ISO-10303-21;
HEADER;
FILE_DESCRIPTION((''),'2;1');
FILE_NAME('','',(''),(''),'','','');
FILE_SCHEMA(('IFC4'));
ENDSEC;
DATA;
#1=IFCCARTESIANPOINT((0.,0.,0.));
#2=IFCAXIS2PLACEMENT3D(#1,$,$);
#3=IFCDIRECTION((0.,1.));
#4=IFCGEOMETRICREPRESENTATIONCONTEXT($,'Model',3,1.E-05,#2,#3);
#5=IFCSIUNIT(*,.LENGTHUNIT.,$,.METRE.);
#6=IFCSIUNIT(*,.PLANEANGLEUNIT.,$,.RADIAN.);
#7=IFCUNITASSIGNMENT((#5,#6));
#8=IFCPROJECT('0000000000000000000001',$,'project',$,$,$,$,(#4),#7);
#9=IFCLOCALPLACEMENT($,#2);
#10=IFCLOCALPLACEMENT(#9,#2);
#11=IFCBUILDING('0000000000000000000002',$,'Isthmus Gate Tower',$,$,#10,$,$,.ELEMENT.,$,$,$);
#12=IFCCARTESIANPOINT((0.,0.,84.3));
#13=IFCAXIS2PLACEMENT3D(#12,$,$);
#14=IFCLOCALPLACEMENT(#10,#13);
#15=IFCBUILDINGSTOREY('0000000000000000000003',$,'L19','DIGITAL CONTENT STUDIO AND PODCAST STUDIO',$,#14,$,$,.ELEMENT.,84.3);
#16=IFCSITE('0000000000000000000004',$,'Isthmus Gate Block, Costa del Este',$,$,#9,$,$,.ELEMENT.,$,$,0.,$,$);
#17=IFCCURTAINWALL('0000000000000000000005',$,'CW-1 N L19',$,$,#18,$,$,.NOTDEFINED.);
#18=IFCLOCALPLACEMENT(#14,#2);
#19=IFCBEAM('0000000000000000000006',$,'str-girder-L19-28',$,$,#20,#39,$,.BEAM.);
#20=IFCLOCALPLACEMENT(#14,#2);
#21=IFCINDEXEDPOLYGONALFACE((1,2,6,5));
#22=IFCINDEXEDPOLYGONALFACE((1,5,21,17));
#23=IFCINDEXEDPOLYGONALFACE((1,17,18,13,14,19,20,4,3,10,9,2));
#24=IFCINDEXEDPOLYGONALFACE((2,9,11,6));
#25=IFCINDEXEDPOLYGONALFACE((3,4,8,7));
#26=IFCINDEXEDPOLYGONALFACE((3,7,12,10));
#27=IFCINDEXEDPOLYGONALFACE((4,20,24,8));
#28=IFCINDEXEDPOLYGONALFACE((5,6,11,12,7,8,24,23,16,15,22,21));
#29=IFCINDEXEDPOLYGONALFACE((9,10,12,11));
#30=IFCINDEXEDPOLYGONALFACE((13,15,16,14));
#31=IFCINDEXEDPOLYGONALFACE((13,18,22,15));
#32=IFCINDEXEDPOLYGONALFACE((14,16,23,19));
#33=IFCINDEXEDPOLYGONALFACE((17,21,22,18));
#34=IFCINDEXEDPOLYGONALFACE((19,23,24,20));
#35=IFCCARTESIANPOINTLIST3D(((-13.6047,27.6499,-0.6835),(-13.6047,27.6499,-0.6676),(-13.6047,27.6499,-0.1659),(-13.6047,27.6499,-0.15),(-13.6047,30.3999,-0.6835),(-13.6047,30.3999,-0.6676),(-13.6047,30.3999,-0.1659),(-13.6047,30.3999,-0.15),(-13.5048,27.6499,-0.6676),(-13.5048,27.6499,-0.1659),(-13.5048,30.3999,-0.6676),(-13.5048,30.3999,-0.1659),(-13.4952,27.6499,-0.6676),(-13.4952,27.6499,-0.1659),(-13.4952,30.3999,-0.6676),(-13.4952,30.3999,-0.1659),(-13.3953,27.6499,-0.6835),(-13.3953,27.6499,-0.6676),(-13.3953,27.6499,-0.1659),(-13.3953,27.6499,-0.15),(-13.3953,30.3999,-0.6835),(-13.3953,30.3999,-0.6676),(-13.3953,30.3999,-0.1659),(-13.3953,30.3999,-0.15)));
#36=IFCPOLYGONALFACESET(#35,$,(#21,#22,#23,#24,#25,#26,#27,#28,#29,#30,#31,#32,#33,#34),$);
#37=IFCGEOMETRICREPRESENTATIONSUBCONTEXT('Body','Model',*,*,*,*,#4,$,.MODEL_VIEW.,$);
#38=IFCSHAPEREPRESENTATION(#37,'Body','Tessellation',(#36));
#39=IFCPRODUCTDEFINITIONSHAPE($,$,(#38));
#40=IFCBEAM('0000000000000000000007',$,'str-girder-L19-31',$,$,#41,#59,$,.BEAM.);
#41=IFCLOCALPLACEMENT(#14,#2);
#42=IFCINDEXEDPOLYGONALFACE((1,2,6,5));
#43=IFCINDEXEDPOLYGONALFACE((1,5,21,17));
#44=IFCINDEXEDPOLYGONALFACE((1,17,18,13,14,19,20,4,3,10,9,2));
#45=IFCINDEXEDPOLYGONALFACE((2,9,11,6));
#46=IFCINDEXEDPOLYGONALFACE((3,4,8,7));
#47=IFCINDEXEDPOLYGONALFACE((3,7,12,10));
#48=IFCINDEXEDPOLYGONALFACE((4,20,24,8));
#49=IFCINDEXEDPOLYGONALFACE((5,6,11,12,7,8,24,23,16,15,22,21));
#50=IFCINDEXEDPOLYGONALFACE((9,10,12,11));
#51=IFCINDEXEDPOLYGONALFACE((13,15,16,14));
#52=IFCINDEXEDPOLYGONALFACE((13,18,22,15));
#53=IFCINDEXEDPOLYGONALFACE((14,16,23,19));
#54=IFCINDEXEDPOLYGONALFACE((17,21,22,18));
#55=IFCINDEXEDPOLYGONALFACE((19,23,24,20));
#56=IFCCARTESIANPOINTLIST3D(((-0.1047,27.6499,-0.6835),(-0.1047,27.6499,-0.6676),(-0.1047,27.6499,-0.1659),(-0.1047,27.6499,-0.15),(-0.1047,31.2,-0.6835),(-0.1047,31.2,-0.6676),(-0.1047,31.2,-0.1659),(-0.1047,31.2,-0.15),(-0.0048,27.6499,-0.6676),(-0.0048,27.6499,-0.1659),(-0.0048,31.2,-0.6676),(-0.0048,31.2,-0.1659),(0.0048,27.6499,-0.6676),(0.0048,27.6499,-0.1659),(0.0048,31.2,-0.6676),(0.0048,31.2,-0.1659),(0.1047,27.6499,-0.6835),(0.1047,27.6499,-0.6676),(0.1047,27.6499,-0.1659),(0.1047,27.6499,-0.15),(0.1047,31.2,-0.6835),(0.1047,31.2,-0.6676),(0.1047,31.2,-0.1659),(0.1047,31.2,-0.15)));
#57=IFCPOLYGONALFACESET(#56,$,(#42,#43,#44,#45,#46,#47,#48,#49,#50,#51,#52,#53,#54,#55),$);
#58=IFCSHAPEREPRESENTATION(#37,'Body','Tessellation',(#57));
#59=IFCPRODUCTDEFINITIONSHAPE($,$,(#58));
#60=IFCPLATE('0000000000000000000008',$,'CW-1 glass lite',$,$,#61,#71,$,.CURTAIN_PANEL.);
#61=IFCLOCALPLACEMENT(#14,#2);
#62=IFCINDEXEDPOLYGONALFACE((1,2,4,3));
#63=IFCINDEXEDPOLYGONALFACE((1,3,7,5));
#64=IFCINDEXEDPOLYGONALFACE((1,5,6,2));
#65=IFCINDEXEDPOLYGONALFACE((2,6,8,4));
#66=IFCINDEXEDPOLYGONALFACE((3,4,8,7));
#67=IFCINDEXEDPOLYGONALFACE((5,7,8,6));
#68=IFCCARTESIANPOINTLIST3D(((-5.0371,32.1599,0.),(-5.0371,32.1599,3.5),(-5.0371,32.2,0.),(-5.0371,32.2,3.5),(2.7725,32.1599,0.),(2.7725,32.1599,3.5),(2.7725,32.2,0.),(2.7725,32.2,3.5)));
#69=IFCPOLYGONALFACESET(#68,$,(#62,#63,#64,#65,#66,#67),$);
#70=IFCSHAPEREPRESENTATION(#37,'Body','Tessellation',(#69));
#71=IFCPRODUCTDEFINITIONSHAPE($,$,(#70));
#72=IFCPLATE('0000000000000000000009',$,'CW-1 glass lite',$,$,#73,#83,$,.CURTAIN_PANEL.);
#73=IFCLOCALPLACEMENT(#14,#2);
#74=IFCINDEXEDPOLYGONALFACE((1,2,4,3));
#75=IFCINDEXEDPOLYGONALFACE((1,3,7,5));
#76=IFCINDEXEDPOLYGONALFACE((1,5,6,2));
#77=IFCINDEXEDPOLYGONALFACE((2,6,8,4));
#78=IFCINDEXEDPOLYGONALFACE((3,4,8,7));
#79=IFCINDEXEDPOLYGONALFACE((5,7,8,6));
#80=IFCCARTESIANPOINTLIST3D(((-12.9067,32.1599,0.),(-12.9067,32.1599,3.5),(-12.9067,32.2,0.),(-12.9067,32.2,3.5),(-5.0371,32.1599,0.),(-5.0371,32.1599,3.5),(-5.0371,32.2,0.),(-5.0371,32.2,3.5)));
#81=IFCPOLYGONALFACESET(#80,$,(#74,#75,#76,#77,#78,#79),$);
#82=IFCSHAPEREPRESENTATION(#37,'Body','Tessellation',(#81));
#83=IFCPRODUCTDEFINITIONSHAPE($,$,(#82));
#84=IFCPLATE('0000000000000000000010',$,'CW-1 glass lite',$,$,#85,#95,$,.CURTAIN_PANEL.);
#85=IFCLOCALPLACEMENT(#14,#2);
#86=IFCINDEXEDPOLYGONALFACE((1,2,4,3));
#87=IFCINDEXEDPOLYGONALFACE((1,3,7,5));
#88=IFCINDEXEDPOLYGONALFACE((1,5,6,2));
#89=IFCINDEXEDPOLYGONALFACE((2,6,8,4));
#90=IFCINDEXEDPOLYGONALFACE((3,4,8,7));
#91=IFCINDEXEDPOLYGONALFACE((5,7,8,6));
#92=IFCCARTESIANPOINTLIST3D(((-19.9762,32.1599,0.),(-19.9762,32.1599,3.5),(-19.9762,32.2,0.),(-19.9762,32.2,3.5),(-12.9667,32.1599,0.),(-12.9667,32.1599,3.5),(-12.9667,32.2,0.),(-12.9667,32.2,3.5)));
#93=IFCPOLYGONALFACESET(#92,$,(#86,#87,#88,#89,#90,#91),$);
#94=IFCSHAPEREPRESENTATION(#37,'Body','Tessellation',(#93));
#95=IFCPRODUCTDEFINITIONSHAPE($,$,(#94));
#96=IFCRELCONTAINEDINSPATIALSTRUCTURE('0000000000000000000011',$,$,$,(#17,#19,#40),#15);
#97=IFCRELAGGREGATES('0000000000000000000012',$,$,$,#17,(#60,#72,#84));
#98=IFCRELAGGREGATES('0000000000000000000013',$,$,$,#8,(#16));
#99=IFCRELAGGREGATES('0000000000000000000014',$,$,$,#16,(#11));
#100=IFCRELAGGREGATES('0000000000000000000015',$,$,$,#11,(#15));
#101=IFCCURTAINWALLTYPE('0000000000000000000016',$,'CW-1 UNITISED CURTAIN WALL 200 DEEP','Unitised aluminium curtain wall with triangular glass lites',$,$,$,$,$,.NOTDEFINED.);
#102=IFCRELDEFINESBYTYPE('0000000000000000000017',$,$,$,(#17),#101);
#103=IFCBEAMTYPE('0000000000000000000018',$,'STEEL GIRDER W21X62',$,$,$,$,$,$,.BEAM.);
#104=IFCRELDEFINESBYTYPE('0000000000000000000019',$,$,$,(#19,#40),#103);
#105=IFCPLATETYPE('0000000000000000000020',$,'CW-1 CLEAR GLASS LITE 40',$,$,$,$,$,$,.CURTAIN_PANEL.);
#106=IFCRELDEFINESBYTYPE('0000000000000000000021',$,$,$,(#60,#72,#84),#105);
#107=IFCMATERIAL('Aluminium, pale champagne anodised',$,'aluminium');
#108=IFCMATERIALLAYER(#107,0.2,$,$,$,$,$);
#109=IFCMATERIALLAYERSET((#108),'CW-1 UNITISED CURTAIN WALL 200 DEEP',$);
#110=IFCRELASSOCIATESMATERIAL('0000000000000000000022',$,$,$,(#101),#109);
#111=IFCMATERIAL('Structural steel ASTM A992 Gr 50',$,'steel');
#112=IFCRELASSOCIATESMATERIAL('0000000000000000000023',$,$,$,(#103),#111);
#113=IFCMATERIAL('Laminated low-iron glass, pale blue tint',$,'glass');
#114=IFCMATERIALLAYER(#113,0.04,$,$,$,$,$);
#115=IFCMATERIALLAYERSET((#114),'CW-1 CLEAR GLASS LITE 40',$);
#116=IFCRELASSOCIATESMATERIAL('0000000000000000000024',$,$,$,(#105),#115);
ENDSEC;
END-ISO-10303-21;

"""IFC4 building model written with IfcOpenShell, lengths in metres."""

from ifc_helpers import new_model, si_unit, direction, frame, origin, origin_2d, place, context, subcontext, project, spatial, rectangle, i_section, extrude, material, layer, layer_set, material_profile, profile_set, type_object, element, aggregate, save


model = new_model("IFC4")

# Units and contexts
model_context = context("Model", 3, precision=1e-05, world=origin(), true_north=direction((0.0, 1.0)))
body_context = subcontext(model_context, "Body", "Model", "MODEL_VIEW")
ifc_project = project(units=[si_unit("LENGTHUNIT", "METRE"), si_unit("PLANEANGLEUNIT", "RADIAN")], contexts=[model_context])

# Site, building, storey
site_placement = place(None, origin())
site = spatial("IfcSite", under=ifc_project, at=site_placement, Name="Isthmus Gate Block, Costa del Este", CompositionType="ELEMENT", RefElevation=0.0)
building_placement = place(site_placement, origin())
building = spatial("IfcBuilding", under=site, at=building_placement, Name="Isthmus Gate Tower", CompositionType="ELEMENT")
storey_placement = place(building_placement, frame((0.0, 0.0, 84.3)))
storey = spatial("IfcBuildingStorey", under=building, at=storey_placement, Name="L19", Description="DIGITAL CONTENT STUDIO AND PODCAST STUDIO", CompositionType="ELEMENT", Elevation=84.3)

# Curtain wall
ifc_material_1 = material(Name="Aluminium, pale champagne anodised", Category="aluminium")
ifc_layer_1 = layer(ifc_material_1, 0.2)
ifc_layer_set_1 = layer_set([ifc_layer_1], Name="CW-1 UNITISED CURTAIN WALL 200 DEEP")
curtain_wall_type = type_object("IfcCurtainWallType", Name="CW-1 UNITISED CURTAIN WALL 200 DEEP", Description="Unitised aluminium curtain wall with triangular glass lites", PredefinedType="NOTDEFINED", material=ifc_layer_set_1)
curtain_wall_placement = place(storey_placement, origin())
curtain_wall = element("IfcCurtainWall", 1, at=curtain_wall_placement, inside=storey, type_object=curtain_wall_type, Name="CW-1 N L19", PredefinedType="NOTDEFINED")

# Beams
ifc_material_2 = material(Name="Structural steel ASTM A992 Gr 50", Category="steel")
ifc_material_profile_1 = material_profile(ifc_material_2, i_section(OverallWidth=0.2095, OverallDepth=0.5334, WebThickness=0.0095, FlangeThickness=0.0159, at=origin_2d()), Name="W21X62")
ifc_profile_set_1 = profile_set([ifc_material_profile_1], Name="Structural steel ASTM A992 Gr 50")
beam_type_1 = type_object("IfcBeamType", Name="STEEL GIRDER W21X62", PredefinedType="BEAM", material=ifc_profile_set_1)
beam_1_placement = place(storey_placement, frame((-13.5, 27.6499, -0.4167), z_axis=(0.0, 1.0, 0.0), x_axis=(-1.0, 0.0, 0.0)))
element("IfcBeam", 2, at=beam_1_placement, inside=storey, type_object=beam_type_1, Name="str-girder-L19-28", PredefinedType="BEAM", context=body_context, shape_type="SweptSolid", body=[
    extrude(i_section(OverallWidth=0.2095, OverallDepth=0.5334, WebThickness=0.0095, FlangeThickness=0.0159, at=origin_2d()), origin(), (0.0, 0.0, 1.0), 2.75),
])
beam_2_placement = place(storey_placement, frame((0.0, 27.6499, -0.4167), z_axis=(0.0, 1.0, 0.0), x_axis=(-1.0, 0.0, 0.0)))
element("IfcBeam", 3, at=beam_2_placement, inside=storey, type_object=beam_type_1, Name="str-girder-L19-31", PredefinedType="BEAM", context=body_context, shape_type="SweptSolid", body=[
    extrude(i_section(OverallWidth=0.2095, OverallDepth=0.5334, WebThickness=0.0095, FlangeThickness=0.0159, at=origin_2d()), origin(), (0.0, 0.0, 1.0), 3.55),
])

# Plates
ifc_material_3 = material(Name="Laminated low-iron glass, pale blue tint", Category="glass")
ifc_layer_2 = layer(ifc_material_3, 0.04)
ifc_layer_set_2 = layer_set([ifc_layer_2], Name="CW-1 CLEAR GLASS LITE 40")
plate_type = type_object("IfcPlateType", Name="CW-1 CLEAR GLASS LITE 40", PredefinedType="CURTAIN_PANEL", material=ifc_layer_set_2)
plate_1_placement = place(storey_placement, frame((-1.1323, 32.1799, 0.0), z_axis=(0.0, 0.0, 1.0), x_axis=(-1.0, 0.0, 0.0)))
plate_1 = element("IfcPlate", 4, at=plate_1_placement, type_object=plate_type, Name="CW-1 glass lite", PredefinedType="CURTAIN_PANEL", context=body_context, shape_type="SweptSolid", body=[
    extrude(rectangle(XDim=7.8096, YDim=0.04, at=origin_2d()), origin(), (0.0, 0.0, 1.0), 3.5),
])
plate_2_placement = place(storey_placement, frame((-8.9719, 32.1799, 0.0), z_axis=(0.0, 0.0, 1.0), x_axis=(-1.0, 0.0, 0.0)))
plate_2 = element("IfcPlate", 5, at=plate_2_placement, type_object=plate_type, Name="CW-1 glass lite", PredefinedType="CURTAIN_PANEL", context=body_context, shape_type="SweptSolid", body=[
    extrude(rectangle(XDim=7.8696, YDim=0.04, at=origin_2d()), origin(), (0.0, 0.0, 1.0), 3.5),
])
plate_3_placement = place(storey_placement, frame((-16.4714, 32.1799, 0.0), z_axis=(0.0, 0.0, 1.0), x_axis=(-1.0, 0.0, 0.0)))
plate_3 = element("IfcPlate", 6, at=plate_3_placement, type_object=plate_type, Name="CW-1 glass lite", PredefinedType="CURTAIN_PANEL", context=body_context, shape_type="SweptSolid", body=[
    extrude(rectangle(XDim=7.0095, YDim=0.04, at=origin_2d()), origin(), (0.0, 0.0, 1.0), 3.5),
])
aggregate(curtain_wall, [plate_1, plate_2, plate_3])

save(model, "model.ifc")
